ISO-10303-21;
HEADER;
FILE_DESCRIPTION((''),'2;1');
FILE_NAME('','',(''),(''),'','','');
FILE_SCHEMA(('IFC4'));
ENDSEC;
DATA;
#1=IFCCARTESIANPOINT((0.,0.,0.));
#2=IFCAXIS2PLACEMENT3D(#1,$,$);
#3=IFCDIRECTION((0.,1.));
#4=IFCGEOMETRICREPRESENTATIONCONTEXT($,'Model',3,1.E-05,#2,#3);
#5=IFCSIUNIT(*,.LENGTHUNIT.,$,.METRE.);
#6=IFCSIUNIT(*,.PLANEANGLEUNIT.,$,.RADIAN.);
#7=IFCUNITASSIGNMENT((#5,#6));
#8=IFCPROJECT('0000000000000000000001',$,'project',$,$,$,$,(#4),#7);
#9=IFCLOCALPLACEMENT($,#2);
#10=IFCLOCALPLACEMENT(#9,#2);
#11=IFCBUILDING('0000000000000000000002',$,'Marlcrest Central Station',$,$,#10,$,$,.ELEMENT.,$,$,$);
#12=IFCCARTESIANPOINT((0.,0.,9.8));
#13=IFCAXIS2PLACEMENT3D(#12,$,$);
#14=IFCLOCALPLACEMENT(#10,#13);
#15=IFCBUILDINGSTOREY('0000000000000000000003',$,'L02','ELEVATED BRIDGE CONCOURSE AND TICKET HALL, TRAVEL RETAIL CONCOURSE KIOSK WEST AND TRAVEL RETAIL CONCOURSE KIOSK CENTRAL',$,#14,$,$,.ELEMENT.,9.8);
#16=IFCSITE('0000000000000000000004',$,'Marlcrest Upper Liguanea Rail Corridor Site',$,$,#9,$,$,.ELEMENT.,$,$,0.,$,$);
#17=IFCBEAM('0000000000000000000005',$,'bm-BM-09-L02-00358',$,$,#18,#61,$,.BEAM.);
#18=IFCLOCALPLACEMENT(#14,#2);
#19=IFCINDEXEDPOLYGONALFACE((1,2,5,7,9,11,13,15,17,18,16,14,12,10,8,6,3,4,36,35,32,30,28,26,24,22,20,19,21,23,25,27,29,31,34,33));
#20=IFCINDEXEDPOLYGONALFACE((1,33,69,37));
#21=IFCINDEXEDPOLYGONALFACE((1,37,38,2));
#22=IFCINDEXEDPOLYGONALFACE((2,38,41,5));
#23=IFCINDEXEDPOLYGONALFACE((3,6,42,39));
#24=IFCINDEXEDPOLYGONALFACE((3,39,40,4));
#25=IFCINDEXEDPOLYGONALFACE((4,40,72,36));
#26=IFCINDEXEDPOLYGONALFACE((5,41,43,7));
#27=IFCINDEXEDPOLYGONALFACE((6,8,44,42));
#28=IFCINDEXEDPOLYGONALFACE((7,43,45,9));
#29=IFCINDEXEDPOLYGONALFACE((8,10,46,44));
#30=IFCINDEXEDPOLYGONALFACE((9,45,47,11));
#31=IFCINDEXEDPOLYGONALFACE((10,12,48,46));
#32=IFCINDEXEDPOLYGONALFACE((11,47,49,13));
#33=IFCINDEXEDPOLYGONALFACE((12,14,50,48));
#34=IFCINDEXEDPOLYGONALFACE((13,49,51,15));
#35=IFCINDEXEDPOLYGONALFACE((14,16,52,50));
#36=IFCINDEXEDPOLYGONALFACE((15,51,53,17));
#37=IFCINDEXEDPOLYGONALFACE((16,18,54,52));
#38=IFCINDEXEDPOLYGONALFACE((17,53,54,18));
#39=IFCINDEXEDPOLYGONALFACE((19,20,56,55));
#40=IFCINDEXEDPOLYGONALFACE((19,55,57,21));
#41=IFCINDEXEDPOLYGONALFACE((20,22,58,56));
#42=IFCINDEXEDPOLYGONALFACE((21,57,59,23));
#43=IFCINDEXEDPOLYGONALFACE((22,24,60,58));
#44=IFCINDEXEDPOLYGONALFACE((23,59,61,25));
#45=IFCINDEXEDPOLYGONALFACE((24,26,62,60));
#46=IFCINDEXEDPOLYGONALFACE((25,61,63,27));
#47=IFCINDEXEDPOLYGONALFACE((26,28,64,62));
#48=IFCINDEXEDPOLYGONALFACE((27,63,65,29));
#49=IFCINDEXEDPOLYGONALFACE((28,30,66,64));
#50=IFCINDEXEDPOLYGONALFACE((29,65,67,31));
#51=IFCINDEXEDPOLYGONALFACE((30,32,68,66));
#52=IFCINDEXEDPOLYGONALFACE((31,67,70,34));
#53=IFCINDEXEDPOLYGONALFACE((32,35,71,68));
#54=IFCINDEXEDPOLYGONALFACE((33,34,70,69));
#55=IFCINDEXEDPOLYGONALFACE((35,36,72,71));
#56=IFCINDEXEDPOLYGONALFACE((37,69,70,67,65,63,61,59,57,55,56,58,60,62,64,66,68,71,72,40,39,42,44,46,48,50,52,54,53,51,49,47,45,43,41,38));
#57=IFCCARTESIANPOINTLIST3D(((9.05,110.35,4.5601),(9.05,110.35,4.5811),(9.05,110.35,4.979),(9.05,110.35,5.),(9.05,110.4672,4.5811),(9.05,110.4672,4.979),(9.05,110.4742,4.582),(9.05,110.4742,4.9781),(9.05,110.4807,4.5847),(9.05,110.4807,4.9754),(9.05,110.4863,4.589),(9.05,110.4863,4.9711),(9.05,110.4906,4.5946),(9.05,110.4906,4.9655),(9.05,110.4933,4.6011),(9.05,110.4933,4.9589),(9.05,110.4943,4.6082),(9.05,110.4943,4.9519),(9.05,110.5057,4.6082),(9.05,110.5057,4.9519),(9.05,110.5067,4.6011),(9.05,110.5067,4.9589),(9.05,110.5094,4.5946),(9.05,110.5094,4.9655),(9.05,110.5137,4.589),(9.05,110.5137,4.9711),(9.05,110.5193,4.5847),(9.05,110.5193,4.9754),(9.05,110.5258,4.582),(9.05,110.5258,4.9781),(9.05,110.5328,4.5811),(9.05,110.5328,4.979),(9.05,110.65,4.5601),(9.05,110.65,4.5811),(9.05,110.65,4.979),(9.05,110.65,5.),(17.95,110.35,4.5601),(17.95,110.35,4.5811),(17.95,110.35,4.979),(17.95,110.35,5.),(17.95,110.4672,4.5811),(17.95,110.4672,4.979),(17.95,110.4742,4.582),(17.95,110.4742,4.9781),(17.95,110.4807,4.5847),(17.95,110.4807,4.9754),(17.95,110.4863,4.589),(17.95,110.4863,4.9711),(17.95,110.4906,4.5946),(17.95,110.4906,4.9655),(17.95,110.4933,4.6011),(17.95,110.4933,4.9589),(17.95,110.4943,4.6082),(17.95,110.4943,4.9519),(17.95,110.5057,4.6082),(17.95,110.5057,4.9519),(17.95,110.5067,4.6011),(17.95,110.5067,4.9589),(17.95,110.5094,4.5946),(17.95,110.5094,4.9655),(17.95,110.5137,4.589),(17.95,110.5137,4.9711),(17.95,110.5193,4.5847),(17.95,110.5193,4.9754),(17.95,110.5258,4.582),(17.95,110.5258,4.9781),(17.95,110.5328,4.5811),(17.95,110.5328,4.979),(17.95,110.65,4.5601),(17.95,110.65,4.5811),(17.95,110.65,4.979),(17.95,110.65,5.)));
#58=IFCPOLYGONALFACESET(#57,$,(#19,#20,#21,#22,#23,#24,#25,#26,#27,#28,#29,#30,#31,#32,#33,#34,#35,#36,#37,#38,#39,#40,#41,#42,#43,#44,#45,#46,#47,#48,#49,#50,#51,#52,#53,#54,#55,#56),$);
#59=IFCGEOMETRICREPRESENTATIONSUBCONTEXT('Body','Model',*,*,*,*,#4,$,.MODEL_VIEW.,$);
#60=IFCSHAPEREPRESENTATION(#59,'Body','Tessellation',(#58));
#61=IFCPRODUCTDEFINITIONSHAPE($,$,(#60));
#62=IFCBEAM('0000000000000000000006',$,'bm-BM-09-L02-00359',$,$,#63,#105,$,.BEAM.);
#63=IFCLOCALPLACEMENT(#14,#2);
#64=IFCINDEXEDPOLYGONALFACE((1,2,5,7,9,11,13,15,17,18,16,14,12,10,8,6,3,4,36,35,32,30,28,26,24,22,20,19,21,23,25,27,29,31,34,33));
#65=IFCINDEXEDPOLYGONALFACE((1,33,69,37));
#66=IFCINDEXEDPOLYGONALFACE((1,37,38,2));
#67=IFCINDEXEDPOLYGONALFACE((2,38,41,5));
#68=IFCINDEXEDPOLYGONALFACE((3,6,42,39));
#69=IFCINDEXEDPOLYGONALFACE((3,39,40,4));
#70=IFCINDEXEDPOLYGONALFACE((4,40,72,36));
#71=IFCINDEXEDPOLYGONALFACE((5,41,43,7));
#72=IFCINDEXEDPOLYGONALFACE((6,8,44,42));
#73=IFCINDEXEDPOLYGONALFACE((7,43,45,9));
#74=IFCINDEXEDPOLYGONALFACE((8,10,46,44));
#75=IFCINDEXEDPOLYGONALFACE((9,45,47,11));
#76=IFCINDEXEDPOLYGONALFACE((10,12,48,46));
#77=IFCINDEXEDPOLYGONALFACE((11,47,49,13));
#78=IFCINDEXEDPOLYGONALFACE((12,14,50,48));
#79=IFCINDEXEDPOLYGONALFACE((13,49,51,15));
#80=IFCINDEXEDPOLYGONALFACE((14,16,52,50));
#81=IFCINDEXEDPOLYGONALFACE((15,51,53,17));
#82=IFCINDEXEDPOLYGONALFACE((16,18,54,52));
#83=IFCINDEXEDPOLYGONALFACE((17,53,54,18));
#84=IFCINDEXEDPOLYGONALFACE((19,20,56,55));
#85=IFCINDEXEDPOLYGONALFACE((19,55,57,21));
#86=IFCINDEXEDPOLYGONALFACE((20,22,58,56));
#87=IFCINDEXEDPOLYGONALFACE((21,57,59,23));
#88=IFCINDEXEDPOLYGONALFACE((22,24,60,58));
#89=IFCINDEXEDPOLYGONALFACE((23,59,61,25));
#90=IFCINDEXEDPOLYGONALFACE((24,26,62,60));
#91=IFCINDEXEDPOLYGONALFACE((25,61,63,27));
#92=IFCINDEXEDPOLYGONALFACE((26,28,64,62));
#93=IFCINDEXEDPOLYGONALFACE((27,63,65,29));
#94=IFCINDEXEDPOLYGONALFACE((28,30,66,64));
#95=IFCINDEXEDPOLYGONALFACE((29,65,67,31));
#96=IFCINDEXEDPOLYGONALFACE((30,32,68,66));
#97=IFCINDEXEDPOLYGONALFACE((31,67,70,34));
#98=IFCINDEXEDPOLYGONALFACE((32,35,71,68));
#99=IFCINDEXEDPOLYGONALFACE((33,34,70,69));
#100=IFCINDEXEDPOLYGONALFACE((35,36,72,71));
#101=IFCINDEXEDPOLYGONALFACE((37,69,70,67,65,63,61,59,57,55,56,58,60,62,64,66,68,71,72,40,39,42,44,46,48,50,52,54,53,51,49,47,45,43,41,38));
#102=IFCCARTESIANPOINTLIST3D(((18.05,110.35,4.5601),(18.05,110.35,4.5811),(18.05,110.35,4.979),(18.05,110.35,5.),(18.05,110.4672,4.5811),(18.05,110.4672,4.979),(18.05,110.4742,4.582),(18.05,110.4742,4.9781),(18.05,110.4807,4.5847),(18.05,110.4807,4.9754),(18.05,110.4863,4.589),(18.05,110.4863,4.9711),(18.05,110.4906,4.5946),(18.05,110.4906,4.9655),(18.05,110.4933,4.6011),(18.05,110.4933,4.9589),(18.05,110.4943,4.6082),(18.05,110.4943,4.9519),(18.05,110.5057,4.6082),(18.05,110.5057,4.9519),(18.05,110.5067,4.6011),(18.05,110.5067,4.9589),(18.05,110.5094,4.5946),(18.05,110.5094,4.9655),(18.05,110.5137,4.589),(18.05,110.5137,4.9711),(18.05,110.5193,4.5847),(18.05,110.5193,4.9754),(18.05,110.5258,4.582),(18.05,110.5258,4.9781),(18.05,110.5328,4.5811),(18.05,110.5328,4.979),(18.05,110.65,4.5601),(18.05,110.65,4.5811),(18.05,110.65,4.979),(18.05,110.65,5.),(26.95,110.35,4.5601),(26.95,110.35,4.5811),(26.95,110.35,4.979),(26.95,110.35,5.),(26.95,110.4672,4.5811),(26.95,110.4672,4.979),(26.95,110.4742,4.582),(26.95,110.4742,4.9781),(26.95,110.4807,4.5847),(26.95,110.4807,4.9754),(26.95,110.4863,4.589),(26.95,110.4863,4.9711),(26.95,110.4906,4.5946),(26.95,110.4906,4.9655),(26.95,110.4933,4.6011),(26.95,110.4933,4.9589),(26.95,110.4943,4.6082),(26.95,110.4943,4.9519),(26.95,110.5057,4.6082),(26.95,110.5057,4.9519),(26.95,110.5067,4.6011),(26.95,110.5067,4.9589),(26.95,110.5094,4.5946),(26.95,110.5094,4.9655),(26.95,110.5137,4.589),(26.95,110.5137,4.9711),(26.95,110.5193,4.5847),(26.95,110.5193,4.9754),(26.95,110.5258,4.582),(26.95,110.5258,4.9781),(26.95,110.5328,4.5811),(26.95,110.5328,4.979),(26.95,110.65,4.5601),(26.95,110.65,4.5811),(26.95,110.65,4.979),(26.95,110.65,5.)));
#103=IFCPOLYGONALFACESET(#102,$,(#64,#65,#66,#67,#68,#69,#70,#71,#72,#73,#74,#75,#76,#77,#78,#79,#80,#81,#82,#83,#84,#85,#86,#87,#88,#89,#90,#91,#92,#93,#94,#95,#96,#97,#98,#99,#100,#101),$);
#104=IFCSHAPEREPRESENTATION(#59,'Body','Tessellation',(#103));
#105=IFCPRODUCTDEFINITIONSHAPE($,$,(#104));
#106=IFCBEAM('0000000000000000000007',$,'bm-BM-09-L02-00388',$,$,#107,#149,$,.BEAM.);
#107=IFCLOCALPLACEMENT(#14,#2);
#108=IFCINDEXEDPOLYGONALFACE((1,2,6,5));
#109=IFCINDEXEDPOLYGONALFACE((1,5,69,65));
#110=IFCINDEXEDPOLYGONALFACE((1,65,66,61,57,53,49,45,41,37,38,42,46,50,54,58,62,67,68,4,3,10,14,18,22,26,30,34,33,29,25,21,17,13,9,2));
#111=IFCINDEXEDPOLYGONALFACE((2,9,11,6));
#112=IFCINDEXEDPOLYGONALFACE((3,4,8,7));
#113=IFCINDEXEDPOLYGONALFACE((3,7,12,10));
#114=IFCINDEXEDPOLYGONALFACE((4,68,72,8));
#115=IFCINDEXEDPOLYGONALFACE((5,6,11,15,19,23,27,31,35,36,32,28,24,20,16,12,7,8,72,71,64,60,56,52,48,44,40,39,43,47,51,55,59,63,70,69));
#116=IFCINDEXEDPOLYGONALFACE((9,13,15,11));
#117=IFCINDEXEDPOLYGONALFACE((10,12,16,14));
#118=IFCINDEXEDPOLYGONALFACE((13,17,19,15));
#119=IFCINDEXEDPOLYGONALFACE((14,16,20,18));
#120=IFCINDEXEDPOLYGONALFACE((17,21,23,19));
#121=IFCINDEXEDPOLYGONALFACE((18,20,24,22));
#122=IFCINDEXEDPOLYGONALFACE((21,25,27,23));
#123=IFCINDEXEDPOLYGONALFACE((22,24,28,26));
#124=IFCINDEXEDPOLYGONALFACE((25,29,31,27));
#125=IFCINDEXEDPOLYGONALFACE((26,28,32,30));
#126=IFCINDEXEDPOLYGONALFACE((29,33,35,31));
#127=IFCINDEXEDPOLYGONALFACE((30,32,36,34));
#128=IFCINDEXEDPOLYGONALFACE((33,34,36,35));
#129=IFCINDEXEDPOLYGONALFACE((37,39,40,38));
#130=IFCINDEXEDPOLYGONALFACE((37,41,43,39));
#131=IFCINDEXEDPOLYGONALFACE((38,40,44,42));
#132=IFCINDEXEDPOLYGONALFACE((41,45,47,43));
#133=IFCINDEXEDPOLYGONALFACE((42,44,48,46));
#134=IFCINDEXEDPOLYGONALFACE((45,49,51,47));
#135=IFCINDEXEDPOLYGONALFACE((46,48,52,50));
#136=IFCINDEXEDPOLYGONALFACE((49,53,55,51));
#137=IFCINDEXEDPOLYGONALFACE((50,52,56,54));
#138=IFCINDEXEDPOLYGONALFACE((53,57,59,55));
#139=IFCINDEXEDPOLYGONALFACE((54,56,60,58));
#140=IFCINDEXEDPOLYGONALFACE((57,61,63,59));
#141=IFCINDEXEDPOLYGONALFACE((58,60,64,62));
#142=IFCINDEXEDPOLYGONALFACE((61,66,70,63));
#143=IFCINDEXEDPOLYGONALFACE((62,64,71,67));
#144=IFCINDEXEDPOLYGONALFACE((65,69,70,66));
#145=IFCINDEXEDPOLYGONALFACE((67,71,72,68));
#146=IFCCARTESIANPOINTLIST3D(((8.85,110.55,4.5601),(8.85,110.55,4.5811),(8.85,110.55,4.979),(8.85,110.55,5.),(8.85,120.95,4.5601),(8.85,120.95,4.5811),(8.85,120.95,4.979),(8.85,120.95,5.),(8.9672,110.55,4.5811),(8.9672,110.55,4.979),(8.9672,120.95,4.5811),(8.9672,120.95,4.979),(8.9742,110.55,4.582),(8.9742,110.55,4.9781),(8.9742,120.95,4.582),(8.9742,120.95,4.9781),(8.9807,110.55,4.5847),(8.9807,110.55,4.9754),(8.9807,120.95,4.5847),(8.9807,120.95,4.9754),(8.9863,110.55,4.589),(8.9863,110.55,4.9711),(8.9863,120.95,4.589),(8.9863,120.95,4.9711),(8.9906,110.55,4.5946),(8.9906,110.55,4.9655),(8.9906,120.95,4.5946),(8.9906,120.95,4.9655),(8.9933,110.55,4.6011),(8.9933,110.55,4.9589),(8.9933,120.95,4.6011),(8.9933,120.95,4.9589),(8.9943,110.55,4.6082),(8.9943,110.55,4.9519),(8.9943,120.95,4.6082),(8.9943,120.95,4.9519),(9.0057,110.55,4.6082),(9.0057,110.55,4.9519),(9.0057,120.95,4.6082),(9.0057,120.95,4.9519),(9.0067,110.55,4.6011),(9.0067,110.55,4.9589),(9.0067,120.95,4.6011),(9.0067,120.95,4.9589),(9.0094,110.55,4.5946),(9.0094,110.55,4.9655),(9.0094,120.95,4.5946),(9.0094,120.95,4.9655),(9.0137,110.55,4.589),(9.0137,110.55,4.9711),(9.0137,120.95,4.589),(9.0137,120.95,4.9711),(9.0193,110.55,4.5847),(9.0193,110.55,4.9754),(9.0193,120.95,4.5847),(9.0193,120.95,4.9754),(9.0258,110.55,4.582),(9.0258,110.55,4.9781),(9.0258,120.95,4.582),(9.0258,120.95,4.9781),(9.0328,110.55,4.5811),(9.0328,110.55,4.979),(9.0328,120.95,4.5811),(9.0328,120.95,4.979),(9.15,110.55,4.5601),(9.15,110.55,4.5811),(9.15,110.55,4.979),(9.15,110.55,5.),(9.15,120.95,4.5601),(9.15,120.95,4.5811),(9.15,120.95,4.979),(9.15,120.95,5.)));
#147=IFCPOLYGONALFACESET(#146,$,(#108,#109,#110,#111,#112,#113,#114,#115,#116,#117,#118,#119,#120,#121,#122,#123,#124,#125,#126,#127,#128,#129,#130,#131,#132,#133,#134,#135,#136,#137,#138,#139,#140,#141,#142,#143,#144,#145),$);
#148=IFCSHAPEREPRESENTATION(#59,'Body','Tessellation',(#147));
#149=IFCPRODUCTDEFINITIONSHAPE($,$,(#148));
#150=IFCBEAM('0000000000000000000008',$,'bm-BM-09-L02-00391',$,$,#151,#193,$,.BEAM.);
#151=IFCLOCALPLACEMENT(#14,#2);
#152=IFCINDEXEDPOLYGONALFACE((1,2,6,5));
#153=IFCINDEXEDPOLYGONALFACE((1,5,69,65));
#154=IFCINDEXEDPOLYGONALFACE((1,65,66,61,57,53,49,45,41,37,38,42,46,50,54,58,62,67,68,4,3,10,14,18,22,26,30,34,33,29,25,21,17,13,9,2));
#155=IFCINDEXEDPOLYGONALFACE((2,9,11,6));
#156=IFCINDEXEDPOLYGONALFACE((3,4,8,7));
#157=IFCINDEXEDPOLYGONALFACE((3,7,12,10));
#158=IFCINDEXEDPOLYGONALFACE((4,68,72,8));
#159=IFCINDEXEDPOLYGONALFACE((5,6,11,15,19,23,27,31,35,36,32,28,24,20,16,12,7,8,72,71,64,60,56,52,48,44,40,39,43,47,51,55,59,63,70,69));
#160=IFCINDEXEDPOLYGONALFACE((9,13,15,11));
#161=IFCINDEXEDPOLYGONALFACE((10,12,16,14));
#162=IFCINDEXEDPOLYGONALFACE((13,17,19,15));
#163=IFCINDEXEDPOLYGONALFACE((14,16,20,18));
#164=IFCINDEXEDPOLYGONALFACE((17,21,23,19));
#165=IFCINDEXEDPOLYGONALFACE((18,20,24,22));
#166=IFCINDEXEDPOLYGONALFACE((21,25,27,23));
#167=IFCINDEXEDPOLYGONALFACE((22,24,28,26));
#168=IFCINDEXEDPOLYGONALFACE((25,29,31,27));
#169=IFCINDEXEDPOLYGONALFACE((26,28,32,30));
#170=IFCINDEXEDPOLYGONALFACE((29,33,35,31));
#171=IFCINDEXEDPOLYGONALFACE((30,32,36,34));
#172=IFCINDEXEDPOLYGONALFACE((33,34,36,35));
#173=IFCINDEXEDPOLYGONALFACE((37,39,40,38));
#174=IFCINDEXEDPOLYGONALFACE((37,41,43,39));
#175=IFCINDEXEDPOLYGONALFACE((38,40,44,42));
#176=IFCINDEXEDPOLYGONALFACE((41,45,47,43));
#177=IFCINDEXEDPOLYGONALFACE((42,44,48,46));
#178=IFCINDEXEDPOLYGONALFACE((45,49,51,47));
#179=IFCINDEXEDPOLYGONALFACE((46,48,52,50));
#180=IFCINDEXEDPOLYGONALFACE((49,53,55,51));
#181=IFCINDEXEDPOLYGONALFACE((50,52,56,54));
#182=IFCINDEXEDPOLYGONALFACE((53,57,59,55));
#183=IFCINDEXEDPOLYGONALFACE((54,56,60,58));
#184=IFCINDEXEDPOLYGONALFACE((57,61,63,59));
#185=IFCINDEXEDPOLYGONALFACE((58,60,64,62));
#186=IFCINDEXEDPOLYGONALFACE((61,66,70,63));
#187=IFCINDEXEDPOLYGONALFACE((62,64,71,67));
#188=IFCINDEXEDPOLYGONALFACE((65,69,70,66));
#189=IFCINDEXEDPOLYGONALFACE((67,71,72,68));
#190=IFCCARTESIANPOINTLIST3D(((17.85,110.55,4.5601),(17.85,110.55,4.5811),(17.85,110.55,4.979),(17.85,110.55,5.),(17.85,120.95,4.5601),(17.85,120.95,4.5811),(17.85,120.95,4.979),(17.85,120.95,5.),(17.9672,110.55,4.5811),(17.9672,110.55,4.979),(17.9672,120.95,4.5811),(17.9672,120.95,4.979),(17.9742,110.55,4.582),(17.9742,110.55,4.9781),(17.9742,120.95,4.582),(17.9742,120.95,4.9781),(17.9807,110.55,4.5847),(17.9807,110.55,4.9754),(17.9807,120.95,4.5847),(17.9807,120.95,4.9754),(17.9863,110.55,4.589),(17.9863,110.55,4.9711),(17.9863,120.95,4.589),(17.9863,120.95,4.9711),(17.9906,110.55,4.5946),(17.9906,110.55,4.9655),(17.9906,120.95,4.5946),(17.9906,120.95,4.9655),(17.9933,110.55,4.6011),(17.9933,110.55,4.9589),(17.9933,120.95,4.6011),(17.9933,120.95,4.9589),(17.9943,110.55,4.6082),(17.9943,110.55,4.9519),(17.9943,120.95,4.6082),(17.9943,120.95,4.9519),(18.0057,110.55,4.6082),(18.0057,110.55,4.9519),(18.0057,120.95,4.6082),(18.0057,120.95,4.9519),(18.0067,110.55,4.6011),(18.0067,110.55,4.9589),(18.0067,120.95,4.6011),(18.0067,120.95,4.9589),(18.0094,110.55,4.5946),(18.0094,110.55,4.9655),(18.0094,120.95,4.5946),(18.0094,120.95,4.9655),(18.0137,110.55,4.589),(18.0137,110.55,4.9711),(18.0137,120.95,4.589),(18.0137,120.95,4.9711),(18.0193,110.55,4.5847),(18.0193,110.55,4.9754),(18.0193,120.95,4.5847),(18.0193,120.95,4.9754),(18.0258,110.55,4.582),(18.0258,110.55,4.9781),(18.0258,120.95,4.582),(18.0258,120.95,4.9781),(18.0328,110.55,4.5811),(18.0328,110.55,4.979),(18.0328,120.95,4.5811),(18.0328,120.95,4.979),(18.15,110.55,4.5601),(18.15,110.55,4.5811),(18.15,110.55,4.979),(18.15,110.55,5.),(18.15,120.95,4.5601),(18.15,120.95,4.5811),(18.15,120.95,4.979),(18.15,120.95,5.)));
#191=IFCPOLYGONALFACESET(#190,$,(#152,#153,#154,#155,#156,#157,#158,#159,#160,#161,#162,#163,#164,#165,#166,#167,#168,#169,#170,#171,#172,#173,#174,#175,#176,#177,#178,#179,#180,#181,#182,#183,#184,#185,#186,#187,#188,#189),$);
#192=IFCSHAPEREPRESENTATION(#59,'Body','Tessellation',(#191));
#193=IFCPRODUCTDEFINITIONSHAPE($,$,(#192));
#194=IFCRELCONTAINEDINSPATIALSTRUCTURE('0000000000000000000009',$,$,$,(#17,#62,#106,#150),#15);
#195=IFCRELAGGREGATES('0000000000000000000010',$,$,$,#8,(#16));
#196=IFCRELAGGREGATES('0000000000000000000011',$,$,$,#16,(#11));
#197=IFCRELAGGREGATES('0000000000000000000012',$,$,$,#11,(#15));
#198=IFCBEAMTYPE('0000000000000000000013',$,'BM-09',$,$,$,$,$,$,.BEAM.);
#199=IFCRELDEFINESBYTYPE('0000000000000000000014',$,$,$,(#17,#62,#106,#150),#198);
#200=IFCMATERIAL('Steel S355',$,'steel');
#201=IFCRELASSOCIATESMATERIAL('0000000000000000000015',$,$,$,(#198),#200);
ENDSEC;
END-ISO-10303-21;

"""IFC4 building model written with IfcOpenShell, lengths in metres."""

from ifc_helpers import new_model, si_unit, direction, frame, origin, origin_2d, place, context, subcontext, project, spatial, i_section, extrude, material, material_profile, profile_set, type_object, element, save


model = new_model("IFC4")

# Units and contexts
model_context = context("Model", 3, precision=1e-05, world=origin(), true_north=direction((0.0, 1.0)))
body_context = subcontext(model_context, "Body", "Model", "MODEL_VIEW")
ifc_project = project(units=[si_unit("LENGTHUNIT", "METRE"), si_unit("PLANEANGLEUNIT", "RADIAN")], contexts=[model_context])

# Site, building, storey
site_placement = place(None, origin())
site = spatial("IfcSite", under=ifc_project, at=site_placement, Name="Marlcrest Upper Liguanea Rail Corridor Site", CompositionType="ELEMENT", RefElevation=0.0)
building_placement = place(site_placement, origin())
building = spatial("IfcBuilding", under=site, at=building_placement, Name="Marlcrest Central Station", CompositionType="ELEMENT")
storey_placement = place(building_placement, frame((0.0, 0.0, 9.8)))
storey = spatial("IfcBuildingStorey", under=building, at=storey_placement, Name="L02", Description="ELEVATED BRIDGE CONCOURSE AND TICKET HALL, TRAVEL RETAIL CONCOURSE KIOSK WEST AND TRAVEL RETAIL CONCOURSE KIOSK CENTRAL", CompositionType="ELEMENT", Elevation=9.8)

# Shared definitions
ifc_material_1 = material(Name="Steel S355", Category="steel")

# Beams
ifc_material_profile_1 = material_profile(ifc_material_1, i_section(OverallWidth=0.3, OverallDepth=0.4399, WebThickness=0.0115, FlangeThickness=0.021, FilletRadius=0.0271, at=origin_2d()), Name="HEA 450")
ifc_profile_set_1 = profile_set([ifc_material_profile_1], Name="Steel S355")
beam_type_1 = type_object("IfcBeamType", Name="BM-09", PredefinedType="BEAM", material=ifc_profile_set_1)
for number, where, z_axis, x_axis, name in (
    (1, (9.05, 110.5, 4.78), (1.0, 0.0, 0.0), (0.0, 1.0, 0.0), "bm-BM-09-L02-00358"),
    (2, (18.05, 110.5, 4.78), (1.0, 0.0, 0.0), (0.0, 1.0, 0.0), "bm-BM-09-L02-00359"),
):
    element("IfcBeam", number, at=place(storey_placement, frame(where, z_axis=z_axis, x_axis=x_axis)), inside=storey, type_object=beam_type_1, Name=name, PredefinedType="BEAM", context=body_context, shape_type="SweptSolid", body=[
        extrude(i_section(OverallWidth=0.3, OverallDepth=0.4399, WebThickness=0.0115, FlangeThickness=0.021, FilletRadius=0.0271, at=origin_2d()), origin(), (0.0, 0.0, 1.0), 8.8999),
    ])
for number, where, z_axis, x_axis, name in (
    (3, (9.0, 110.55, 4.78), (0.0, 1.0, 0.0), (-1.0, 0.0, 0.0), "bm-BM-09-L02-00388"),
    (4, (18.0, 110.55, 4.78), (0.0, 1.0, 0.0), (-1.0, 0.0, 0.0), "bm-BM-09-L02-00391"),
):
    element("IfcBeam", number, at=place(storey_placement, frame(where, z_axis=z_axis, x_axis=x_axis)), inside=storey, type_object=beam_type_1, Name=name, PredefinedType="BEAM", context=body_context, shape_type="SweptSolid", body=[
        extrude(i_section(OverallWidth=0.3, OverallDepth=0.4399, WebThickness=0.0115, FlangeThickness=0.021, FilletRadius=0.0271, at=origin_2d()), origin(), (0.0, 0.0, 1.0), 10.3999),
    ])

save(model, "model.ifc")
